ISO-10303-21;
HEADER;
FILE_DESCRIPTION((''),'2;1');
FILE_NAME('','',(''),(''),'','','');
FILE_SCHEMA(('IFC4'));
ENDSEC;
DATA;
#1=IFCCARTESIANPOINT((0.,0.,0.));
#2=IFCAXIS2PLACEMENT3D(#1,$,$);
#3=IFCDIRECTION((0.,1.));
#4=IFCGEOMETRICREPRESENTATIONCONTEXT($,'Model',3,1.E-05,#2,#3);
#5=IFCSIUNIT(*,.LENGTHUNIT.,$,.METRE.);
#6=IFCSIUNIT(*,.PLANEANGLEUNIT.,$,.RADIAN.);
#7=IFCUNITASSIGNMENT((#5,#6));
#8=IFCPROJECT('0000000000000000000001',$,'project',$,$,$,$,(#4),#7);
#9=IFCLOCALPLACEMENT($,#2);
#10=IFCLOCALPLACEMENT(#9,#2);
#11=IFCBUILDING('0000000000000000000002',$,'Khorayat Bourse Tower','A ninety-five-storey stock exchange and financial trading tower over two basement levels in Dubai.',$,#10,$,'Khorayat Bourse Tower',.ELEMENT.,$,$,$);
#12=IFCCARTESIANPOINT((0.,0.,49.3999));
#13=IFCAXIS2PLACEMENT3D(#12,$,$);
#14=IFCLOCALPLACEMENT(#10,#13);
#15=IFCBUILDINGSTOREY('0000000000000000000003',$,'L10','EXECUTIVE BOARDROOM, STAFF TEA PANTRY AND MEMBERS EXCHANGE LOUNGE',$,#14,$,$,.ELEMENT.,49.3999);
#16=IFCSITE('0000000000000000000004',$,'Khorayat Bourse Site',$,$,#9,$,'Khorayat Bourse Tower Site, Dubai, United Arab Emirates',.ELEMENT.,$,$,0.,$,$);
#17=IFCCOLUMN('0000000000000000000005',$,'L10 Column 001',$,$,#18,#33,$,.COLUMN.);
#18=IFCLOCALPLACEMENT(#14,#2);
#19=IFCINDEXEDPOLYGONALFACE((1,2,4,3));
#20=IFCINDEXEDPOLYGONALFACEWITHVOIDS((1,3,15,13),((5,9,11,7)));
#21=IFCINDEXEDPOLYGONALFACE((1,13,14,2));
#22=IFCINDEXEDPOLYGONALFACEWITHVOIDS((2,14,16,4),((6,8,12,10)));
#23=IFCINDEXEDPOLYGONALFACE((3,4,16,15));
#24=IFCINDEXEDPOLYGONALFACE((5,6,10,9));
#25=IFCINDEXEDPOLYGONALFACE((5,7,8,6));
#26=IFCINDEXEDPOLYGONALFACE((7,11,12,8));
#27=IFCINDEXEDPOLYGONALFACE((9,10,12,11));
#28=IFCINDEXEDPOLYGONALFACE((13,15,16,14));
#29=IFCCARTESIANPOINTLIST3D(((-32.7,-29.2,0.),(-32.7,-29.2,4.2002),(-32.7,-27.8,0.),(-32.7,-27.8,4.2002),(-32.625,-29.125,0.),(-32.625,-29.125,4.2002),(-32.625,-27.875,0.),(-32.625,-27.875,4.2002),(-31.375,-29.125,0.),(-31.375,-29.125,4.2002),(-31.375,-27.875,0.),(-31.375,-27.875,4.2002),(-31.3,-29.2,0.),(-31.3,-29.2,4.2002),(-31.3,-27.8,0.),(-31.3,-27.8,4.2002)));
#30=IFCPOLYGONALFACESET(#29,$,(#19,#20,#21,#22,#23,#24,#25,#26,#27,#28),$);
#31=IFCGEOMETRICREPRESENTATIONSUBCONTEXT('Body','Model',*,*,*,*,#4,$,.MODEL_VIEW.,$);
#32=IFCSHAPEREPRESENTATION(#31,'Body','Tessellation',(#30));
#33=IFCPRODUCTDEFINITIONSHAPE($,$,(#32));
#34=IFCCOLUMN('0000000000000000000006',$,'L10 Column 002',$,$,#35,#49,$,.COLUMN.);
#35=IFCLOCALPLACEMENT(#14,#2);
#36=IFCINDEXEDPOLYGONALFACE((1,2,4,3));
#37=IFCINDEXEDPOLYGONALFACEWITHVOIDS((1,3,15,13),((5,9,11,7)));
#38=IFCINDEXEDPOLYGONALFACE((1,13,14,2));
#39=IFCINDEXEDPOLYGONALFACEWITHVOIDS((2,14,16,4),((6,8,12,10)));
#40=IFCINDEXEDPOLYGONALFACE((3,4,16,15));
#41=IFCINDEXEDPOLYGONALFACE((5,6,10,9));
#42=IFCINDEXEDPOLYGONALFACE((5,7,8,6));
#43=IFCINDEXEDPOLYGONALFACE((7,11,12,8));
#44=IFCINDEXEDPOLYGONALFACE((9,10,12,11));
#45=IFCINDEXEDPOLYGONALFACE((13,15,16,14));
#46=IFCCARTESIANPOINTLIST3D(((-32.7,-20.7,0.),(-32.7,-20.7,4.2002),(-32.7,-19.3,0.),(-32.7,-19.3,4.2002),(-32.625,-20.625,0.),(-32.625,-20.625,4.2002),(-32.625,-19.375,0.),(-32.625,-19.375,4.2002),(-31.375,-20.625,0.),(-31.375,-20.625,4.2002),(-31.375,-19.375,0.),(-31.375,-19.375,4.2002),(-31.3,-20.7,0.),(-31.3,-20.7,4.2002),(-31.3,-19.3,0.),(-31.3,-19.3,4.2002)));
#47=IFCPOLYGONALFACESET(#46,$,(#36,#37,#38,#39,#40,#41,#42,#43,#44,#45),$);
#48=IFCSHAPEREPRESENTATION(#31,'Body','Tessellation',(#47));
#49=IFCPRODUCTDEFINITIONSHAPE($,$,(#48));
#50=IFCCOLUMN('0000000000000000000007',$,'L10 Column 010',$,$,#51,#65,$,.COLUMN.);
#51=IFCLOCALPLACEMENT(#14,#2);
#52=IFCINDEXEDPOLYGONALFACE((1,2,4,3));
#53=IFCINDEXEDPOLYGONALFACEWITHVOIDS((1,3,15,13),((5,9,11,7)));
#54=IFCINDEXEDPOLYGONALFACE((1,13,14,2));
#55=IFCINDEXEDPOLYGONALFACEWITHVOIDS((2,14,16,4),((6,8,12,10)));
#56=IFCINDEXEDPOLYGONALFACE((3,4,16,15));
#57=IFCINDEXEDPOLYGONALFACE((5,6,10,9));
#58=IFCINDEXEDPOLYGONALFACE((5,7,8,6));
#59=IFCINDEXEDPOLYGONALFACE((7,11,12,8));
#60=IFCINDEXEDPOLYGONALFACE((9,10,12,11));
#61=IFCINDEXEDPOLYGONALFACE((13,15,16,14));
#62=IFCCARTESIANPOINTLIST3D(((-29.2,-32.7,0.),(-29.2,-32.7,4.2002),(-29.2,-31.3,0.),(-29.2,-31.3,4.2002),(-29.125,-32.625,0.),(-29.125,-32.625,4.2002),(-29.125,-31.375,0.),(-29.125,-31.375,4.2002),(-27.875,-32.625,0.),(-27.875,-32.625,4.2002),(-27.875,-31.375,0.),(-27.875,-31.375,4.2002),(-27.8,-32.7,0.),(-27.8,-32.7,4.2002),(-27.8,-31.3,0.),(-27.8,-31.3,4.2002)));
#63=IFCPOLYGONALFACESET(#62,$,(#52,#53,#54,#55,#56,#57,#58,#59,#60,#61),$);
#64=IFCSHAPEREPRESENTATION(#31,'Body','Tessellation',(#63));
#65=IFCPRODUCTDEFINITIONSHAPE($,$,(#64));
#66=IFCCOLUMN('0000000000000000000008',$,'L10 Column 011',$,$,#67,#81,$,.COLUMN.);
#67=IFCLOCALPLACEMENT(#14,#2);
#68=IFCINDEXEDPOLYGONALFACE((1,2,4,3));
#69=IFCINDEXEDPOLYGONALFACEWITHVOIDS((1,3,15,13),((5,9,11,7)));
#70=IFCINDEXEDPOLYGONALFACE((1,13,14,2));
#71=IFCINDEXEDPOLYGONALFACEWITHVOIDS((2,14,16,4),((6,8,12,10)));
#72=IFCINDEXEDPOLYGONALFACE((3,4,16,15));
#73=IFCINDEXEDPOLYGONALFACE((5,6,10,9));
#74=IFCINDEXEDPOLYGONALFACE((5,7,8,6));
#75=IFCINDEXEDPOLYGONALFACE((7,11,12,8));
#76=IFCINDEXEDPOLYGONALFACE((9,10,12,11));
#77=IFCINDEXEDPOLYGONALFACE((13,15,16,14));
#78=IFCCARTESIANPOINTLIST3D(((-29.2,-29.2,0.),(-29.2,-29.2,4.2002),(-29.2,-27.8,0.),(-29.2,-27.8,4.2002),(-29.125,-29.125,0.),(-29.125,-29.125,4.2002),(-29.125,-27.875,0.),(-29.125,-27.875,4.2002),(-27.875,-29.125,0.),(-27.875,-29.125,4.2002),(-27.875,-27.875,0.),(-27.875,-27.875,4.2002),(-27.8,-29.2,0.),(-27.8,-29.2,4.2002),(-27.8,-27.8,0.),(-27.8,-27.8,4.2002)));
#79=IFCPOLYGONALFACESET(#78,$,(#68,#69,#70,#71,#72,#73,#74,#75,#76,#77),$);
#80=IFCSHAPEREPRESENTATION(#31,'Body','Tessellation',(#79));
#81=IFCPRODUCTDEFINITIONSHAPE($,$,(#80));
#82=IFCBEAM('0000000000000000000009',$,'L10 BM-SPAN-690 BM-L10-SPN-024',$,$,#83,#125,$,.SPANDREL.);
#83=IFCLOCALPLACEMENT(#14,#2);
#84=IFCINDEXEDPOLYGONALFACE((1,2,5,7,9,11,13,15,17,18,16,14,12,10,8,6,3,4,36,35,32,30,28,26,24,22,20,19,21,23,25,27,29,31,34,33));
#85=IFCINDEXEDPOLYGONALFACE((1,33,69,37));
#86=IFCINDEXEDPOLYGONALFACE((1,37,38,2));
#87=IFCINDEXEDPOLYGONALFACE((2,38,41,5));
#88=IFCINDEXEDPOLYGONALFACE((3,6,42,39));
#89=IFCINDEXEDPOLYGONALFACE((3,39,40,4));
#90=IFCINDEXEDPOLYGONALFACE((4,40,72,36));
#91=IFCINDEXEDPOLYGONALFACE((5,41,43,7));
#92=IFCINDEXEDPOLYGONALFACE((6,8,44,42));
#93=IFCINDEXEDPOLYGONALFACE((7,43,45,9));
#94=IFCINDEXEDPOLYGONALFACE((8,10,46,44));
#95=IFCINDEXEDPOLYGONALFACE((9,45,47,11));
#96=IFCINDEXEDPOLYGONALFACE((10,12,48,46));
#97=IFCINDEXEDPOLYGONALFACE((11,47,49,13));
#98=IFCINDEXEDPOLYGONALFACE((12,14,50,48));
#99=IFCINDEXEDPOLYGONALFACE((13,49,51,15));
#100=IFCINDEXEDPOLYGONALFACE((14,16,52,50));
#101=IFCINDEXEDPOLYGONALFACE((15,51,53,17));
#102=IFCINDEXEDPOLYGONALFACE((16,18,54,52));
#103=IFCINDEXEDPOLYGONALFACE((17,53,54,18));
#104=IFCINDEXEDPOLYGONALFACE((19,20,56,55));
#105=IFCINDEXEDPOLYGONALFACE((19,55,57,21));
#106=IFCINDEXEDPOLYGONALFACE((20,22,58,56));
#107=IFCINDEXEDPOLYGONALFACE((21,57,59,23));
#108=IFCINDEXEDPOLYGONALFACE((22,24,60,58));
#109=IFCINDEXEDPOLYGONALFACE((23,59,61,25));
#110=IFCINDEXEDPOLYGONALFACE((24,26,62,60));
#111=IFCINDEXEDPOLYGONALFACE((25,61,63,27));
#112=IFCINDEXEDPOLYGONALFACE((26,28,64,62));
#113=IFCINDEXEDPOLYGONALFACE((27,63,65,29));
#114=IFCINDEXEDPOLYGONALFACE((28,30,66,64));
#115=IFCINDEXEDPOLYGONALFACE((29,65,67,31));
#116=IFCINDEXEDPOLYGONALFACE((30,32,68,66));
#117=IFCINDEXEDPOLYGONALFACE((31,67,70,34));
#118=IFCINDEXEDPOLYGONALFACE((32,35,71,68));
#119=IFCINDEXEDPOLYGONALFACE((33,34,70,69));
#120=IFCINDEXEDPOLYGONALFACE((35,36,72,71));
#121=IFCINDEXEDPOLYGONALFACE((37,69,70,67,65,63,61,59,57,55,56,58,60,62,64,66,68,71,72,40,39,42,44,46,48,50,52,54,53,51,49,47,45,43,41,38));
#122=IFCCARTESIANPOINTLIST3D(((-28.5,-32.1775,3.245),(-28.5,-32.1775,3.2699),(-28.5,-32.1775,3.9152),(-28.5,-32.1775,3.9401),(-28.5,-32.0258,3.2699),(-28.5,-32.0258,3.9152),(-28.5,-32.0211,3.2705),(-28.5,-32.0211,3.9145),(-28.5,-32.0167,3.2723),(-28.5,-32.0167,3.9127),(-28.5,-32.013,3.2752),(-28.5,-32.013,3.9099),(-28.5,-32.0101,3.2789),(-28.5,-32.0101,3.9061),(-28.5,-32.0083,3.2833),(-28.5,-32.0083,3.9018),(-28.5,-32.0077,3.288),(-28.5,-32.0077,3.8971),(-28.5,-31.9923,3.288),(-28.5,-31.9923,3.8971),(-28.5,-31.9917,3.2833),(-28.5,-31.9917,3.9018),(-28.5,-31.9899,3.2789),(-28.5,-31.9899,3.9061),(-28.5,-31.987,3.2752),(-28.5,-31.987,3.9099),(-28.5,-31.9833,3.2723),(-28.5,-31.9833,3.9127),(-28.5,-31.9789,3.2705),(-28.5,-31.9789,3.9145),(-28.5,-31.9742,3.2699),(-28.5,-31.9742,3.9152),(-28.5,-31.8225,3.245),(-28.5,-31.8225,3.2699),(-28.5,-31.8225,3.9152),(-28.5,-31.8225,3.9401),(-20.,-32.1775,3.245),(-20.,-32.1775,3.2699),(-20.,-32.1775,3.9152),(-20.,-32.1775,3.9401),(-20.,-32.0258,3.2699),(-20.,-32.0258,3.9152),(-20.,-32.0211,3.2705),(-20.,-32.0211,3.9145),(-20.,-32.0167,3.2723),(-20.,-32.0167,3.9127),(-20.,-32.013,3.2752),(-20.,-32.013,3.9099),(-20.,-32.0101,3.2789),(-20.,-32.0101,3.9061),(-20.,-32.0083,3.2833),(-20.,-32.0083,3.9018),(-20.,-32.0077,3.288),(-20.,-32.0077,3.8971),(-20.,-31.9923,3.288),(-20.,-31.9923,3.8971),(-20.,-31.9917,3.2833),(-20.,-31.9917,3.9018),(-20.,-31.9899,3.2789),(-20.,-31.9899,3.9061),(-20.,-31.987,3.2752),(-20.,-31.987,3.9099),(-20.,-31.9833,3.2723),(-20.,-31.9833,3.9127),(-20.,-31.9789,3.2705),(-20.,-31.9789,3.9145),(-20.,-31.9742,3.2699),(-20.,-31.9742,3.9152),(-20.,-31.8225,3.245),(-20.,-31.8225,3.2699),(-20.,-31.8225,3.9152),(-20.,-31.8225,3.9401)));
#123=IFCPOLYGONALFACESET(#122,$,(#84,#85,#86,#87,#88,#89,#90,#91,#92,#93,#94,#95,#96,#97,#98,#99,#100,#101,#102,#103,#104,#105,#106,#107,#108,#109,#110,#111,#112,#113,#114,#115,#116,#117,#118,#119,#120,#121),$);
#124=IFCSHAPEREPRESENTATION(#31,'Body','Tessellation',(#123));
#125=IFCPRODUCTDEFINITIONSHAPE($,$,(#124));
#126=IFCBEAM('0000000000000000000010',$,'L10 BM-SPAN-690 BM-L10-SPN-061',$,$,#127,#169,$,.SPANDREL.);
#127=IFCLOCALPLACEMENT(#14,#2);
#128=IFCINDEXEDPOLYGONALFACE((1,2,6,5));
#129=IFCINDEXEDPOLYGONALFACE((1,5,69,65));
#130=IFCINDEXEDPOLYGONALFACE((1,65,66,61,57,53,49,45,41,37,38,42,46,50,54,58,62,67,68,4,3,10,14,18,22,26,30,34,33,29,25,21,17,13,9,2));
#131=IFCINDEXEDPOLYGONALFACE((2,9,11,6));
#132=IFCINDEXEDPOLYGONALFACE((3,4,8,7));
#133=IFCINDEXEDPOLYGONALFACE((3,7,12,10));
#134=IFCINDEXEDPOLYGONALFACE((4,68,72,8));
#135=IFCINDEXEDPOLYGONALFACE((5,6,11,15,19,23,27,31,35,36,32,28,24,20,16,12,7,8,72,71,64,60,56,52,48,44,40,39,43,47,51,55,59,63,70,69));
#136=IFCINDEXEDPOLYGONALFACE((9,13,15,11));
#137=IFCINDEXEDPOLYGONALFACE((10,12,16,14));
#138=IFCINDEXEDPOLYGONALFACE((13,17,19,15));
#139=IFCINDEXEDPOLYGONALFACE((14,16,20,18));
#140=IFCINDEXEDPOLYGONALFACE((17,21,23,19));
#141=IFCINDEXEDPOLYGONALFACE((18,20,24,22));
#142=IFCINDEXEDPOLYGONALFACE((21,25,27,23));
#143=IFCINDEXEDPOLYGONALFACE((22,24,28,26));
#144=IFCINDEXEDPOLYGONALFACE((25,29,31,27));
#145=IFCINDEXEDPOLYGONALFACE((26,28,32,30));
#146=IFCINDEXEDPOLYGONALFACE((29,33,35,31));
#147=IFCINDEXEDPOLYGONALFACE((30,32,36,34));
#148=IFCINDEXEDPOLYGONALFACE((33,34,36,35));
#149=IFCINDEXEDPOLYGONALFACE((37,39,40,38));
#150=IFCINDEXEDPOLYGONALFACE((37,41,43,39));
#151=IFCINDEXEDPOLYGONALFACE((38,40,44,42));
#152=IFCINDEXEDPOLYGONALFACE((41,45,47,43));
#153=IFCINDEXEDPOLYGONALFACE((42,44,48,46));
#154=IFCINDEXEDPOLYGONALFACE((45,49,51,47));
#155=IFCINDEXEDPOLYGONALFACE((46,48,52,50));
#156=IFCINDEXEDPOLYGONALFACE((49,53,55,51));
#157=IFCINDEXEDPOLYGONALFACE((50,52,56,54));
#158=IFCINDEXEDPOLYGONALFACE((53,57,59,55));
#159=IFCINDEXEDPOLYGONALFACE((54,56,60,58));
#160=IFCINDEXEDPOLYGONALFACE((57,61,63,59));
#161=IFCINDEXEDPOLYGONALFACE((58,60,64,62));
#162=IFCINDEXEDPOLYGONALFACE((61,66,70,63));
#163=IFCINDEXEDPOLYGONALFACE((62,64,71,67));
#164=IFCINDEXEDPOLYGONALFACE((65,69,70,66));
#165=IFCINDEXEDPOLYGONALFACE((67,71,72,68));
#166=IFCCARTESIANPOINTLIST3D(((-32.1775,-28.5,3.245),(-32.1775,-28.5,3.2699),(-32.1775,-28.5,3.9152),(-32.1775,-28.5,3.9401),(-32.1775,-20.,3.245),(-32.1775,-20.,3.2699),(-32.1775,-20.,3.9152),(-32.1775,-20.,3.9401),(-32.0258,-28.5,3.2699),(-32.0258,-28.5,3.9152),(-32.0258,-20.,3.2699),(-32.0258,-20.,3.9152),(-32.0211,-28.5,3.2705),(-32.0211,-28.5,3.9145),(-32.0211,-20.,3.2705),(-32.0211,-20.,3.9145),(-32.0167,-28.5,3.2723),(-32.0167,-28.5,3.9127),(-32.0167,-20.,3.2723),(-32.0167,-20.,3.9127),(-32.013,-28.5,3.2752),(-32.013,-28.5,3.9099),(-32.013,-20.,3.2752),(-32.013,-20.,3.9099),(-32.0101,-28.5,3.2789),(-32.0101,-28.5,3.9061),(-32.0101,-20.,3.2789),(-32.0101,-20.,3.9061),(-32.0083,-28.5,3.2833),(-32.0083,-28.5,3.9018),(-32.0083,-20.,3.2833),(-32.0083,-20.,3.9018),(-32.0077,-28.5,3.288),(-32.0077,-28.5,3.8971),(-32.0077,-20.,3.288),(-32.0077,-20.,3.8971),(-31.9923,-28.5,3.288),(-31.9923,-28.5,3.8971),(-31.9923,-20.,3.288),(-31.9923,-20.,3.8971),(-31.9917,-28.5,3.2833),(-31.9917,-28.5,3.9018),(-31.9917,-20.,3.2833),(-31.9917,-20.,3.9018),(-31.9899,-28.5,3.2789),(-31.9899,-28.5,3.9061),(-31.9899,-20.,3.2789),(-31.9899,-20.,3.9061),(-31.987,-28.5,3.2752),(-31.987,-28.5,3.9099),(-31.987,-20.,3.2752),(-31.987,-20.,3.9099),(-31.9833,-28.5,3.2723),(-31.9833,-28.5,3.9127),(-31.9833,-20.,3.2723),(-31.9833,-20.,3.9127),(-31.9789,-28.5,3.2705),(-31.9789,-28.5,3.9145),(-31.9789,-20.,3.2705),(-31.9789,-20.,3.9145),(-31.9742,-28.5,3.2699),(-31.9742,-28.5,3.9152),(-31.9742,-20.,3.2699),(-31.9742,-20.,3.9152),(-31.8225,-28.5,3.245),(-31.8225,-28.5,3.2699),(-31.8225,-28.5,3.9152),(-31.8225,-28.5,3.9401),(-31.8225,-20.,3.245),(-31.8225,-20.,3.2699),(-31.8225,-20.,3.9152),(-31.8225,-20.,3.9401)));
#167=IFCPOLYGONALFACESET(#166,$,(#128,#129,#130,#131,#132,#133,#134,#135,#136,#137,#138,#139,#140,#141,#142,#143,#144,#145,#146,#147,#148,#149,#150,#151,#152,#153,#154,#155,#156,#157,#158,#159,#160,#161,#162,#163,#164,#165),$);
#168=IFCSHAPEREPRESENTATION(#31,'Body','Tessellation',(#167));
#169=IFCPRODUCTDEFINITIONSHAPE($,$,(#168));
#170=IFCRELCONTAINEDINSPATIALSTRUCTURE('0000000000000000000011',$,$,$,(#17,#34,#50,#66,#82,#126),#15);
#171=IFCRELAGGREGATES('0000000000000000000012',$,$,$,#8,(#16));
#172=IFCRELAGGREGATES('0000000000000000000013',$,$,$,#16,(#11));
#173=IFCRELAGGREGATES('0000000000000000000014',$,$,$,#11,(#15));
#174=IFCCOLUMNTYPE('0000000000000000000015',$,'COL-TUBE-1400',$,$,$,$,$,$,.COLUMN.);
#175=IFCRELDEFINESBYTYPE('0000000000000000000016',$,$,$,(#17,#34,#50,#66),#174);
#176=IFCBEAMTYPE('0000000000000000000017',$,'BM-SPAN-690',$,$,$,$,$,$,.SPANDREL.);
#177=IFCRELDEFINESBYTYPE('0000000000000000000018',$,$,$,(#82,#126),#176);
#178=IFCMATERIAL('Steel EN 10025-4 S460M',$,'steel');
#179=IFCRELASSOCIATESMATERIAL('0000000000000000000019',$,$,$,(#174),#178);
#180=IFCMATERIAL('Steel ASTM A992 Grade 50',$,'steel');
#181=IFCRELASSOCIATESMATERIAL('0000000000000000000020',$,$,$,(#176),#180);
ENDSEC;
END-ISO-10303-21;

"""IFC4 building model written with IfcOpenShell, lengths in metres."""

from ifc_helpers import new_model, si_unit, direction, frame, origin, origin_2d, place, context, subcontext, project, spatial, hollow_rectangle, i_section, extrude, source, transform, mapped, material, material_profile, profile_set, type_object, element, save


model = new_model("IFC4")

# Units and contexts
model_context = context("Model", 3, precision=1e-05, world=origin(), true_north=direction((0.0, 1.0)))
body_context = subcontext(model_context, "Body", "Model", "MODEL_VIEW")
ifc_project = project(units=[si_unit("LENGTHUNIT", "METRE"), si_unit("PLANEANGLEUNIT", "RADIAN")], contexts=[model_context])

# Site, building, storey
site_placement = place(None, origin())
site = spatial("IfcSite", under=ifc_project, at=site_placement, Name="Khorayat Bourse Site", LongName="Khorayat Bourse Tower Site, Dubai, United Arab Emirates", CompositionType="ELEMENT", RefElevation=0.0)
building_placement = place(site_placement, origin())
building = spatial("IfcBuilding", under=site, at=building_placement, Name="Khorayat Bourse Tower", Description="A ninety-five-storey stock exchange and financial trading tower over two basement levels in Dubai.", LongName="Khorayat Bourse Tower", CompositionType="ELEMENT")
storey_placement = place(building_placement, frame((0.0, 0.0, 49.3999)))
storey = spatial("IfcBuildingStorey", under=building, at=storey_placement, Name="L10", Description="EXECUTIVE BOARDROOM, STAFF TEA PANTRY AND MEMBERS EXCHANGE LOUNGE", CompositionType="ELEMENT", Elevation=49.3999)

# Columns
ifc_material_1 = material(Name="Steel EN 10025-4 S460M", Category="steel")
ifc_material_profile_1 = material_profile(ifc_material_1, hollow_rectangle(XDim=1.3999, YDim=1.3999, WallThickness=0.075, at=origin_2d()), Name="BOX 1400x1400x75")
ifc_profile_set_1 = profile_set([ifc_material_profile_1], Name="Steel EN 10025-4 S460M")
column_type = type_object("IfcColumnType", Name="COL-TUBE-1400", PredefinedType="COLUMN", material=ifc_profile_set_1)
shared_shape_1 = source(origin(), body_context, "Body", "SweptSolid", [
    extrude(hollow_rectangle(XDim=1.3999, YDim=1.3999, WallThickness=0.075, at=origin_2d()), origin(), (0.0, 0.0, 1.0), 4.2002),
])
for number, where, z_axis, x_axis, name in (
    (1, (-32.0, -28.5, 0.0), (0.0, 0.0, 1.0), (1.0, 0.0, 0.0), "L10 Column 001"),
    (2, (-32.0, -20.0, 0.0), (0.0, 0.0, 1.0), (1.0, 0.0, 0.0), "L10 Column 002"),
    (3, (-28.5, -32.0, 0.0), (0.0, 0.0, 1.0), (1.0, 0.0, 0.0), "L10 Column 010"),
    (4, (-28.5, -28.5, 0.0), (0.0, 0.0, 1.0), (1.0, 0.0, 0.0), "L10 Column 011"),
):
    element("IfcColumn", number, at=place(storey_placement, frame(where, z_axis=z_axis, x_axis=x_axis)), inside=storey, type_object=column_type, Name=name, PredefinedType="COLUMN", context=body_context, shape_type="MappedRepresentation", body=[
        mapped(shared_shape_1, transform((0.0, 0.0, 0.0), scale=1.0)),
    ])

# Beams
ifc_material_2 = material(Name="Steel ASTM A992 Grade 50", Category="steel")
ifc_material_profile_2 = material_profile(ifc_material_2, i_section(OverallWidth=0.355, OverallDepth=0.6951, WebThickness=0.0154, FlangeThickness=0.0249, FilletRadius=0.0181, at=origin_2d()), Name="W690X217")
ifc_profile_set_2 = profile_set([ifc_material_profile_2], Name="Steel ASTM A992 Grade 50")
beam_type_1 = type_object("IfcBeamType", Name="BM-SPAN-690", PredefinedType="SPANDREL", material=ifc_profile_set_2)
shared_shape_2 = source(origin(), body_context, "Body", "SweptSolid", [
    extrude(i_section(OverallWidth=0.355, OverallDepth=0.6951, WebThickness=0.0154, FlangeThickness=0.0249, FilletRadius=0.0181, at=origin_2d()), origin(), (0.0, 0.0, 1.0), 8.5),
])
for number, where, z_axis, x_axis, name in (
    (5, (-28.5, -32.0, 3.5925), (1.0, 0.0, 0.0), (0.0, 1.0, 0.0), "L10 BM-SPAN-690 BM-L10-SPN-024"),
    (6, (-32.0, -28.5, 3.5925), (0.0, 1.0, 0.0), (-1.0, 0.0, 0.0), "L10 BM-SPAN-690 BM-L10-SPN-061"),
):
    element("IfcBeam", number, at=place(storey_placement, frame(where, z_axis=z_axis, x_axis=x_axis)), inside=storey, type_object=beam_type_1, Name=name, PredefinedType="SPANDREL", context=body_context, shape_type="MappedRepresentation", body=[
        mapped(shared_shape_2, transform((0.0, 0.0, 0.0), scale=1.0)),
    ])

save(model, "model.ifc")
